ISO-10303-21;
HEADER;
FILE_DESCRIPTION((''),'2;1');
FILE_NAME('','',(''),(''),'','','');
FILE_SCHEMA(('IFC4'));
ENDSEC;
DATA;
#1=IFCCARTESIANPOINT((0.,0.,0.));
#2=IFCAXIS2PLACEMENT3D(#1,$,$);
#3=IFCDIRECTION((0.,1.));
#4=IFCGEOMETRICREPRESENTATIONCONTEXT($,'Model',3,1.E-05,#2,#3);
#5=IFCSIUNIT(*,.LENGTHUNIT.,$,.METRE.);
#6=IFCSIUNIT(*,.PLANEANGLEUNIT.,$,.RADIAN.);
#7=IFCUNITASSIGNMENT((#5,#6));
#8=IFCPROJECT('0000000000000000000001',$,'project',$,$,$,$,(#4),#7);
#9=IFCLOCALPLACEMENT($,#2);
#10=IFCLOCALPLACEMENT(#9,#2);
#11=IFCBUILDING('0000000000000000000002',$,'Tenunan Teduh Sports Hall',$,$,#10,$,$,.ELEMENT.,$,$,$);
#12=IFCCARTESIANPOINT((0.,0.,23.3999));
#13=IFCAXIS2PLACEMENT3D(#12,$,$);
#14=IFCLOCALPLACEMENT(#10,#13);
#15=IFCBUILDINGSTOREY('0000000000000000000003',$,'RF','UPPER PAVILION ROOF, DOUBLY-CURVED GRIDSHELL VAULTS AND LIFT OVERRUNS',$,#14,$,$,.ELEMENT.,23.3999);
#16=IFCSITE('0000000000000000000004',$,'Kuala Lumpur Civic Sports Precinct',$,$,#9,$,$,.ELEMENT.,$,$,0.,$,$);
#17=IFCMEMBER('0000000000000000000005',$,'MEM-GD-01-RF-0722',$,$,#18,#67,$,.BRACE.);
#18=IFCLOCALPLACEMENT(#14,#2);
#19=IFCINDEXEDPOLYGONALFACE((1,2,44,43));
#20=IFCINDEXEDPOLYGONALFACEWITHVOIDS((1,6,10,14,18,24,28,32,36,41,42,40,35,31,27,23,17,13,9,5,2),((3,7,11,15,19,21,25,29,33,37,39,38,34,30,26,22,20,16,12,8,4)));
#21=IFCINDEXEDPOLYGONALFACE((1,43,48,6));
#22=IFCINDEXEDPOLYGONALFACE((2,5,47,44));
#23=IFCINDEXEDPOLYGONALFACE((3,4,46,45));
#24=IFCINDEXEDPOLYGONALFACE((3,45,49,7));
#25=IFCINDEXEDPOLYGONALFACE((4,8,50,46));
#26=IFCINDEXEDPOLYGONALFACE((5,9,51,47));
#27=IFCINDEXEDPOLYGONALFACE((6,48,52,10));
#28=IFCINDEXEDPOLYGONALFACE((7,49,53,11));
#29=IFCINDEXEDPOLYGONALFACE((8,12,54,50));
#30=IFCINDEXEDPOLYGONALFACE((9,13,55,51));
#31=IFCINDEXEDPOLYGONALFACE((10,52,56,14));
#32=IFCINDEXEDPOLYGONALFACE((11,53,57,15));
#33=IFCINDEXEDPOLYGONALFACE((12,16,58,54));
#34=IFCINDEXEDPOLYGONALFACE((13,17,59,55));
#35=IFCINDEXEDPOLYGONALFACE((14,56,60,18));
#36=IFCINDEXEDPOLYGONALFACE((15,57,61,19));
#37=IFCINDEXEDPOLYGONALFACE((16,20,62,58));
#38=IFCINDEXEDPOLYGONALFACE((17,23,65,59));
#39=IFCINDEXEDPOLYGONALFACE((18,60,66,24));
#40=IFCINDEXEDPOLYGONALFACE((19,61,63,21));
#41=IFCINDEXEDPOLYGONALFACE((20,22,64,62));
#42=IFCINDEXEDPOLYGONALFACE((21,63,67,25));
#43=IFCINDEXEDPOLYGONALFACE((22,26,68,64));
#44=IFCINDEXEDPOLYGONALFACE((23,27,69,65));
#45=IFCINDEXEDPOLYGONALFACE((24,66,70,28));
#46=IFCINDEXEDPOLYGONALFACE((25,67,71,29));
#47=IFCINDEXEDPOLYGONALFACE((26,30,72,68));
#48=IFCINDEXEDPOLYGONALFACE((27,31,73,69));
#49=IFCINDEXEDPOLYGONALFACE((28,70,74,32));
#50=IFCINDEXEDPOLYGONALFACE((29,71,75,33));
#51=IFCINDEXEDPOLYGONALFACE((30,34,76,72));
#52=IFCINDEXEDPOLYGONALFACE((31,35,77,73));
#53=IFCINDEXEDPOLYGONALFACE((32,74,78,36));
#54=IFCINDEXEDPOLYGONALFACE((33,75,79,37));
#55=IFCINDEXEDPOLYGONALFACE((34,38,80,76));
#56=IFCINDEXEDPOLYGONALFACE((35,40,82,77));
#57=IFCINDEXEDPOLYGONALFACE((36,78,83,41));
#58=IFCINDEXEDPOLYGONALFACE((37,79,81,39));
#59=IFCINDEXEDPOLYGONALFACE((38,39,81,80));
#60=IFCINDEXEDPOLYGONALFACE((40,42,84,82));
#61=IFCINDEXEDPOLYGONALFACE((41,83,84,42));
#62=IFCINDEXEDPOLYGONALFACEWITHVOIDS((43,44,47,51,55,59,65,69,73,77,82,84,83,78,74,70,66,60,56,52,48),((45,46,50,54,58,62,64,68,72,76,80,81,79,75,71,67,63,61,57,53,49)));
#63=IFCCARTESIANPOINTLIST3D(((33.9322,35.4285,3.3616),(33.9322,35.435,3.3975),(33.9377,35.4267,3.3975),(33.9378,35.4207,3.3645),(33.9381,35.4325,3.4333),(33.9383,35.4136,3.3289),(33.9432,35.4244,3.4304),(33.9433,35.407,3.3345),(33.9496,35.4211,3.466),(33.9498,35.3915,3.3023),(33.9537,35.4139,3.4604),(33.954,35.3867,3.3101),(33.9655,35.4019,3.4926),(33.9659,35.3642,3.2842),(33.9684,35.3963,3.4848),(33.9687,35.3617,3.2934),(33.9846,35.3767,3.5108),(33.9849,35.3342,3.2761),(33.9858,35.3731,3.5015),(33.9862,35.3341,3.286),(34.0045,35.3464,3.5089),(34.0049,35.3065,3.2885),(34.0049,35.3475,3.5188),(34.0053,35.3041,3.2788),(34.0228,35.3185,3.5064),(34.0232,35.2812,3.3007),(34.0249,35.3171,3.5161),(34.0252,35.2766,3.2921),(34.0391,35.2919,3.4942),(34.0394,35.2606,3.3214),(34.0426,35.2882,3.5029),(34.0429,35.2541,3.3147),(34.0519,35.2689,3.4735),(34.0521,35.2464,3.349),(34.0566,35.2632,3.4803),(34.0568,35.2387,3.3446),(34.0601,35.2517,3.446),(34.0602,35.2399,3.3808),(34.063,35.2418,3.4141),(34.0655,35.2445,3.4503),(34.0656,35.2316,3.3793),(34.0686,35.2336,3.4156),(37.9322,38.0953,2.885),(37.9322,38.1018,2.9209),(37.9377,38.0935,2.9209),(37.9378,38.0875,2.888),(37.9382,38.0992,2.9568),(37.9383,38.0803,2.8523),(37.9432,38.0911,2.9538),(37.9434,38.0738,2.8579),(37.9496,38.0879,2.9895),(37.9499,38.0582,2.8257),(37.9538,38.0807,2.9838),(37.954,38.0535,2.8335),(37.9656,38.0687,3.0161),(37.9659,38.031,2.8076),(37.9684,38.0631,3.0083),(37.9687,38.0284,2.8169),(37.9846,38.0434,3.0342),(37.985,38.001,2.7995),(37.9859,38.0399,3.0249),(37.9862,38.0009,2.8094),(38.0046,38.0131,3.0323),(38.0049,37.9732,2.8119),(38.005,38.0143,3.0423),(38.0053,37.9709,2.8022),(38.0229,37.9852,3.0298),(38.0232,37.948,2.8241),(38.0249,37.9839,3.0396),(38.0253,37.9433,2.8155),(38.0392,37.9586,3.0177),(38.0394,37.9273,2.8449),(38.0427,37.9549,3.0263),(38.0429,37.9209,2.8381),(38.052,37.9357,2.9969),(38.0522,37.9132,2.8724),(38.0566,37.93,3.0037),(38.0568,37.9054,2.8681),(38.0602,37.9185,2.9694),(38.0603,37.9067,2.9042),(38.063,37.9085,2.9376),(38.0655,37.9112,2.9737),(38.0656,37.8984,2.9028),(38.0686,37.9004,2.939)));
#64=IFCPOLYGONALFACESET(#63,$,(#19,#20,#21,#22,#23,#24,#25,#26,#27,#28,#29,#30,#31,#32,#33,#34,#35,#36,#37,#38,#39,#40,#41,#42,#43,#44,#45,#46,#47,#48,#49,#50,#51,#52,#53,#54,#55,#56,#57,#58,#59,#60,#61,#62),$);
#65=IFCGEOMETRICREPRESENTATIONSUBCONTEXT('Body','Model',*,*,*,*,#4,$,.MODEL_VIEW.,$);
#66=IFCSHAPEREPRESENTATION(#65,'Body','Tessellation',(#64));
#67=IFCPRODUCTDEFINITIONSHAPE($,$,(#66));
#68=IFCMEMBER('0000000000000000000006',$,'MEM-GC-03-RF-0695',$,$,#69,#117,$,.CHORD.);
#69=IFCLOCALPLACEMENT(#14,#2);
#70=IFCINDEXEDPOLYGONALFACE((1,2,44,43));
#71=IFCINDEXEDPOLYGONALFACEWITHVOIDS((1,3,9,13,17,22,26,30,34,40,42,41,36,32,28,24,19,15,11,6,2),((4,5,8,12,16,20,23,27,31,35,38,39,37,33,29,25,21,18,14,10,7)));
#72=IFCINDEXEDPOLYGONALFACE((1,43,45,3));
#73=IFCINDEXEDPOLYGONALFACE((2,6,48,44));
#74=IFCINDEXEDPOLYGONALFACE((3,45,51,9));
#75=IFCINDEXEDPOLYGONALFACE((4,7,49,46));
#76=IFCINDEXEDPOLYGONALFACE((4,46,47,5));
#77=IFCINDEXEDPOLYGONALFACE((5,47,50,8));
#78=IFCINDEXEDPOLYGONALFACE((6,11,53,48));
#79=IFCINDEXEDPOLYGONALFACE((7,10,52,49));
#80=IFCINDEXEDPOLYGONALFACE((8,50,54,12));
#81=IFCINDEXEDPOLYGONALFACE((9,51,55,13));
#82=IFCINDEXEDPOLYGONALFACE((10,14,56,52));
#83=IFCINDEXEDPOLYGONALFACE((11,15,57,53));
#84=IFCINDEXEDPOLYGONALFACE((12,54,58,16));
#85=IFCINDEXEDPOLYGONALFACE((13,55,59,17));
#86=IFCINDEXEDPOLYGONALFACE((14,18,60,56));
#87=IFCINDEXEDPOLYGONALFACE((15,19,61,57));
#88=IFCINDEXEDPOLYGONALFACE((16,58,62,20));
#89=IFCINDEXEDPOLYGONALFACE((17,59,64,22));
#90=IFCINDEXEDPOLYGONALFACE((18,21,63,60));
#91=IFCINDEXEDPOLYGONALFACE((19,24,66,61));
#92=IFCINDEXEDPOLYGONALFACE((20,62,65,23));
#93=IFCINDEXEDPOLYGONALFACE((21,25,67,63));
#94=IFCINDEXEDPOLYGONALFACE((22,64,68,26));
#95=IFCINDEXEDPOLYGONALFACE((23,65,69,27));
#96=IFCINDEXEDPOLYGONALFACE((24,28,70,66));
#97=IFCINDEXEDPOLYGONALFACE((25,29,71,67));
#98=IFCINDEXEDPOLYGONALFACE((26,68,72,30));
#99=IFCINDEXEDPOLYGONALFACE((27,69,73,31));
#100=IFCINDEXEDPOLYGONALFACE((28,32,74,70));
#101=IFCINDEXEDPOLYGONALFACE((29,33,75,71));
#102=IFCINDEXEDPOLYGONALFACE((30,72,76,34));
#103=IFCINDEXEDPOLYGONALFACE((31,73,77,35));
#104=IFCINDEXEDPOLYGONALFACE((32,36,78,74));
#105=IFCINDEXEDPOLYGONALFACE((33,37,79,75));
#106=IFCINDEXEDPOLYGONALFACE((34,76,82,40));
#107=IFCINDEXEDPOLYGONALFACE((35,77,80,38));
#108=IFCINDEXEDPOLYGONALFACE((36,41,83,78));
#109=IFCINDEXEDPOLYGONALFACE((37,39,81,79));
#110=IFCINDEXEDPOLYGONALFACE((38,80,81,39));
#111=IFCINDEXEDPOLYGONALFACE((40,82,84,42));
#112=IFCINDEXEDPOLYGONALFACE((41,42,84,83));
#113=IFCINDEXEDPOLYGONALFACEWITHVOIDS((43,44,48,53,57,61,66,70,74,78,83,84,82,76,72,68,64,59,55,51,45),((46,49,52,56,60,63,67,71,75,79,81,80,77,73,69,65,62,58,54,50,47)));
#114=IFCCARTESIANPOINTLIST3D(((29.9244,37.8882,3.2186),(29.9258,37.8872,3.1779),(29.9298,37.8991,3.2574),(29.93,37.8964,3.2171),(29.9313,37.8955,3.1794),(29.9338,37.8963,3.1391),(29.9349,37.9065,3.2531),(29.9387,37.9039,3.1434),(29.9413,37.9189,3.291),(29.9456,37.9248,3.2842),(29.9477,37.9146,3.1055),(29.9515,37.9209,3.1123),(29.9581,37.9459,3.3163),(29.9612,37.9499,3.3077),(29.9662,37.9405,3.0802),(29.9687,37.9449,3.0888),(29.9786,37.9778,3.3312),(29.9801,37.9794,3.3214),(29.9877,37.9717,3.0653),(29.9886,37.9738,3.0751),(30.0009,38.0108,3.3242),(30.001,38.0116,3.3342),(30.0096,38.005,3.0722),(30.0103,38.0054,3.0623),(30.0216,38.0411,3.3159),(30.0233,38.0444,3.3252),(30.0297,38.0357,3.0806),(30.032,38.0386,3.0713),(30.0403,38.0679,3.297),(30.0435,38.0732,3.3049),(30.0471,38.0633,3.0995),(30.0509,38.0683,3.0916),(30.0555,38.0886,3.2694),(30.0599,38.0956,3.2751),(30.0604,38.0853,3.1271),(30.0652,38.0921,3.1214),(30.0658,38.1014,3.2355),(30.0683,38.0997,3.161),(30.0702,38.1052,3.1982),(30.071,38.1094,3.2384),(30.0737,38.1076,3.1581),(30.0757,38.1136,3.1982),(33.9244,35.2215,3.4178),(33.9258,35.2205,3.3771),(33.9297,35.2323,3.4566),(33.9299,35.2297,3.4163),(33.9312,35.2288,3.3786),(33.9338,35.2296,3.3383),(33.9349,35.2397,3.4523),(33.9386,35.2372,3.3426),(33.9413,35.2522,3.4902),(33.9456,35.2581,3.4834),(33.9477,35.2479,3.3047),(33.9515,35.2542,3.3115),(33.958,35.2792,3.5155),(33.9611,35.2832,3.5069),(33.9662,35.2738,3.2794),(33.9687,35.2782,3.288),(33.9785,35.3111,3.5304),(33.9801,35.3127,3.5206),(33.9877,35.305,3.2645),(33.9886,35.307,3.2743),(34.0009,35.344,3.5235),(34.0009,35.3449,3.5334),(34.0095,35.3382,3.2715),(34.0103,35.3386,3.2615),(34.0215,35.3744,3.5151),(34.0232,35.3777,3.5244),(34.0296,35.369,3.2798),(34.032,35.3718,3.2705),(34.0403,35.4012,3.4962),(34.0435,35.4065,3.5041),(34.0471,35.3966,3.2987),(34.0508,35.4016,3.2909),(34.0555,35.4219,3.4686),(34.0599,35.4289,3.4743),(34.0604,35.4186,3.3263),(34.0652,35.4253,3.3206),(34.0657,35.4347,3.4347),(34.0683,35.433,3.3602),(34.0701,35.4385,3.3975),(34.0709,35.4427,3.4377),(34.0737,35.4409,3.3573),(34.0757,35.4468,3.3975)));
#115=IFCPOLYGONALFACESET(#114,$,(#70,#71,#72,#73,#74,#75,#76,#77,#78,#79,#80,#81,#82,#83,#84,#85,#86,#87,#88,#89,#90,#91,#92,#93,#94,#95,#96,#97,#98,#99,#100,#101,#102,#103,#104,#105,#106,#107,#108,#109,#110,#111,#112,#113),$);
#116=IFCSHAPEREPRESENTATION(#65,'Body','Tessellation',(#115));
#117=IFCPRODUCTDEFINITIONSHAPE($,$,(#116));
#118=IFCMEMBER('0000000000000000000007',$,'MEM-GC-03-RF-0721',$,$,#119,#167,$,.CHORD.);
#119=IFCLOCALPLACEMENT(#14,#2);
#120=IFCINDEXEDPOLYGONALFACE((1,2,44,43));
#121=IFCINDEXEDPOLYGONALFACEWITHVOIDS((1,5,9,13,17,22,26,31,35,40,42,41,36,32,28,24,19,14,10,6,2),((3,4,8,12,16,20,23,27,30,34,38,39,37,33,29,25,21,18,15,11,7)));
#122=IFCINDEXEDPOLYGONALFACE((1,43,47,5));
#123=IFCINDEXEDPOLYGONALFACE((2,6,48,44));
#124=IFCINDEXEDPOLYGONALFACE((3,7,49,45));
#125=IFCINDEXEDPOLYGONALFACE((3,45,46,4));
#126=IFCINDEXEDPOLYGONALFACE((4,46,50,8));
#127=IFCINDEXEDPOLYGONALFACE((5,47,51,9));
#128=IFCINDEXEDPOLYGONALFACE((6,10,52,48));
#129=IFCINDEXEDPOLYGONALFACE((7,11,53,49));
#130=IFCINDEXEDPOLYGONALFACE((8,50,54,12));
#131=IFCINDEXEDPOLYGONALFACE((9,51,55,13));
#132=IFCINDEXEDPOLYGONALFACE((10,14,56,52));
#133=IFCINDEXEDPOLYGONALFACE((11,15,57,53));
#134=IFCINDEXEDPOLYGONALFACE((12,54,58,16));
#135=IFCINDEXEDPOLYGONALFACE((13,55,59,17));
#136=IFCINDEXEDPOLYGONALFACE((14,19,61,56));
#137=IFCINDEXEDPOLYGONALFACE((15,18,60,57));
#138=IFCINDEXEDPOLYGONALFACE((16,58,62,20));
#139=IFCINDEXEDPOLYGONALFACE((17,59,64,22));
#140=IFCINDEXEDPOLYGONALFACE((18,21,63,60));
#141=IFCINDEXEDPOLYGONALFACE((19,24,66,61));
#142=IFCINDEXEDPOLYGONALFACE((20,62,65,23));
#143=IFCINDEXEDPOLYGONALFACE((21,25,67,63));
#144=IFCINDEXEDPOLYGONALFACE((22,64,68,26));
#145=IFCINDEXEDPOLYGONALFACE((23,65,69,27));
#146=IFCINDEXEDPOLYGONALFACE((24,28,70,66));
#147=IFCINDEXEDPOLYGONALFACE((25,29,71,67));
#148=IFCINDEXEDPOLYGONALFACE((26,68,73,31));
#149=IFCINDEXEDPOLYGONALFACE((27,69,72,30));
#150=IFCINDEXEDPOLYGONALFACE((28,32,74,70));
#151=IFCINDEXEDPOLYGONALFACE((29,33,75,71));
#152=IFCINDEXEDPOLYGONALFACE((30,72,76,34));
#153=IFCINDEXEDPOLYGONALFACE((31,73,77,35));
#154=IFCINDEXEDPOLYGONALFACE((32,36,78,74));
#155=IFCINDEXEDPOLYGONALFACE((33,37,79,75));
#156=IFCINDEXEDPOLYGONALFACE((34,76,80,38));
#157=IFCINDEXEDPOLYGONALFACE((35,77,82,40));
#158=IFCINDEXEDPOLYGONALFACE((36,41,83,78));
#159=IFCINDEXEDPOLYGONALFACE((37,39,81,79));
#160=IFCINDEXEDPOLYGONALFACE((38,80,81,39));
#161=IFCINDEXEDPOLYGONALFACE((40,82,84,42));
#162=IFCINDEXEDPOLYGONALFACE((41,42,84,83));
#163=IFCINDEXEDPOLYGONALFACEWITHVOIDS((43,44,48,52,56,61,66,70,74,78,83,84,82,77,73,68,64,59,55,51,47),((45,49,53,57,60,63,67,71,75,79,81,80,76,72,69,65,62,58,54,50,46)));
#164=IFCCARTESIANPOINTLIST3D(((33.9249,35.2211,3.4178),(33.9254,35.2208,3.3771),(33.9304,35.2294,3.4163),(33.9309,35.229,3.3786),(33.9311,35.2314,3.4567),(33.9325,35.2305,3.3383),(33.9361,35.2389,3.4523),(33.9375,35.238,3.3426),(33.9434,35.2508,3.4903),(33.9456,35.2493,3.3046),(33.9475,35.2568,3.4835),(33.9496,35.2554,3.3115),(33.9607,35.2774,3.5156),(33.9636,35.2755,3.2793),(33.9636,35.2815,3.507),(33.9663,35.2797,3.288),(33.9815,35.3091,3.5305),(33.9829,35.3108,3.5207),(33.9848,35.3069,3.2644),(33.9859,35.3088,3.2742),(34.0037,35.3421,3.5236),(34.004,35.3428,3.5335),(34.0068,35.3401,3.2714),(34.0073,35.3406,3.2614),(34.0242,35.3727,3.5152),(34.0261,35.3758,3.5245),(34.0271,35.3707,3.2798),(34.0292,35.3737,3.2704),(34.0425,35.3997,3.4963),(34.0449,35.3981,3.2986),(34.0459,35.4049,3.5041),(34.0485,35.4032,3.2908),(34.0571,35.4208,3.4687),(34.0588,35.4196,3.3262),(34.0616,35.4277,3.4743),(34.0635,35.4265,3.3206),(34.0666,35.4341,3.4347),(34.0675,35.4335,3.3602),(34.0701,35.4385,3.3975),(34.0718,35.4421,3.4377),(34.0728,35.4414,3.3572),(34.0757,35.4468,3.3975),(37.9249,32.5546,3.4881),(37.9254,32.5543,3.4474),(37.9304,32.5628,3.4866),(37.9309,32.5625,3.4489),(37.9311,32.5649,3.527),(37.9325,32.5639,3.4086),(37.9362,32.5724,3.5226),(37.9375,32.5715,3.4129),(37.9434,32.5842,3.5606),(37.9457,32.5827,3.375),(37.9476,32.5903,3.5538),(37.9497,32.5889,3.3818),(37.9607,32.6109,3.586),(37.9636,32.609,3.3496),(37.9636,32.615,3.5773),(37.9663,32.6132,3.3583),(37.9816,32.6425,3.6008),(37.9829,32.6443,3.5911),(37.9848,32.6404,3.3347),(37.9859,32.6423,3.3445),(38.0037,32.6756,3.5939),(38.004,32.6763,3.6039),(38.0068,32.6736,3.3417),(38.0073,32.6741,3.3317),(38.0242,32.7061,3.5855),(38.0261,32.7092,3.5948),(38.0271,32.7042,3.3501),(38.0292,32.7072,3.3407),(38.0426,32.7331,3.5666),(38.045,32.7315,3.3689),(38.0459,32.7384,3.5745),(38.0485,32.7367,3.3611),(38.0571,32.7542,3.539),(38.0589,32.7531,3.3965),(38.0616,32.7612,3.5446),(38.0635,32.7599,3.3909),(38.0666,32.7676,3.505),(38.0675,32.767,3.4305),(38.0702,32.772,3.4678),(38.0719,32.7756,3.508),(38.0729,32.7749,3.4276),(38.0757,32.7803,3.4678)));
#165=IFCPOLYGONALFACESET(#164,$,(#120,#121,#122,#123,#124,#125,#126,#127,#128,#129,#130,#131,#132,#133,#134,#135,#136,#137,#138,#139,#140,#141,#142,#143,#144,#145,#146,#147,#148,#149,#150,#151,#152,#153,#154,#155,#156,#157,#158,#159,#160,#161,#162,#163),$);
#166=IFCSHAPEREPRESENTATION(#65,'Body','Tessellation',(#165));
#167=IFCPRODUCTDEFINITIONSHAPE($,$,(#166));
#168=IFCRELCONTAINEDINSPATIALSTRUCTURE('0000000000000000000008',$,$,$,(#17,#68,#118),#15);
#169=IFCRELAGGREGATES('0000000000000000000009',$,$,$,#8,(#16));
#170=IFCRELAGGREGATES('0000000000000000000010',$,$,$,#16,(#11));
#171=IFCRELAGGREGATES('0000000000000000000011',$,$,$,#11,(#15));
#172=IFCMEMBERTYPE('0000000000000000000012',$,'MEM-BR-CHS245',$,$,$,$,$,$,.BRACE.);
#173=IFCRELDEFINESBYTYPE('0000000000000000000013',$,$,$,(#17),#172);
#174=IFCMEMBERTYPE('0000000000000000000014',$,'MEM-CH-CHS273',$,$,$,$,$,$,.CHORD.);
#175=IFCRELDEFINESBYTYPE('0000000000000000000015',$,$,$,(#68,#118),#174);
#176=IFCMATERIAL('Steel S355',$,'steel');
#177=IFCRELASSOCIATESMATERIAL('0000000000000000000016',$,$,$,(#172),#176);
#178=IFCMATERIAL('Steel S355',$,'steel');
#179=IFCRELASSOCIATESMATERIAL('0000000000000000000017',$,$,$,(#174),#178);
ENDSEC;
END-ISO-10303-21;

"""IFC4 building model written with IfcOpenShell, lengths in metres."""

from ifc_helpers import new_model, si_unit, direction, frame, origin, origin_2d, place, context, subcontext, project, spatial, hollow_circle, extrude, material, material_profile, profile_set, type_object, element, save


model = new_model("IFC4")

# Units and contexts
model_context = context("Model", 3, precision=1e-05, world=origin(), true_north=direction((0.0, 1.0)))
body_context = subcontext(model_context, "Body", "Model", "MODEL_VIEW")
ifc_project = project(units=[si_unit("LENGTHUNIT", "METRE"), si_unit("PLANEANGLEUNIT", "RADIAN")], contexts=[model_context])

# Site, building, storey
site_placement = place(None, origin())
site = spatial("IfcSite", under=ifc_project, at=site_placement, Name="Kuala Lumpur Civic Sports Precinct", CompositionType="ELEMENT", RefElevation=0.0)
building_placement = place(site_placement, origin())
building = spatial("IfcBuilding", under=site, at=building_placement, Name="Tenunan Teduh Sports Hall", CompositionType="ELEMENT")
storey_placement = place(building_placement, frame((0.0, 0.0, 23.3999)))
storey = spatial("IfcBuildingStorey", under=building, at=storey_placement, Name="RF", Description="UPPER PAVILION ROOF, DOUBLY-CURVED GRIDSHELL VAULTS AND LIFT OVERRUNS", CompositionType="ELEMENT", Elevation=23.3999)

# Members
ifc_material_1 = material(Name="Steel S355", Category="steel")
ifc_material_profile_1 = material_profile(ifc_material_1, hollow_circle(Radius=0.1223, WallThickness=0.01, at=origin_2d()), Name="CHS 244.5x10.0")
ifc_profile_set_1 = profile_set([ifc_material_profile_1], Name="Steel S355")
member_type_1 = type_object("IfcMemberType", Name="MEM-BR-CHS245", PredefinedType="BRACE", material=ifc_profile_set_1)
member_1_placement = place(storey_placement, frame((34.0, 35.3333, 3.3975), z_axis=(0.827984, 0.552006, -0.098647), x_axis=(-0.554712, 0.832042, 0.0)))
element("IfcMember", 1, at=member_1_placement, inside=storey, type_object=member_type_1, Name="MEM-GD-01-RF-0722", PredefinedType="BRACE", context=body_context, shape_type="SweptSolid", body=[
    extrude(hollow_circle(Radius=0.1223, WallThickness=0.01, at=origin_2d()), origin(), (0.0, 0.0, 1.0), 4.8311),
])
ifc_material_2 = material(Name="Steel S355", Category="steel")
ifc_material_profile_2 = material_profile(ifc_material_2, hollow_circle(Radius=0.1365, WallThickness=0.01, at=origin_2d()), Name="CHS 273.0x10.0")
ifc_profile_set_2 = profile_set([ifc_material_profile_2], Name="Steel S355")
member_type_2 = type_object("IfcMemberType", Name="MEM-CH-CHS273", PredefinedType="CHORD", material=ifc_profile_set_2)
member_2_placement = place(storey_placement, frame((30.0, 38.0, 3.1982), z_axis=(0.831329, -0.554236, 0.041404), x_axis=(0.554712, 0.832042, 0.0)))
element("IfcMember", 2, at=member_2_placement, inside=storey, type_object=member_type_2, Name="MEM-GC-03-RF-0695", PredefinedType="CHORD", context=body_context, shape_type="SweptSolid", body=[
    extrude(hollow_circle(Radius=0.1365, WallThickness=0.01, at=origin_2d()), origin(), (0.0, 0.0, 1.0), 4.8115),
])
member_3_placement = place(storey_placement, frame((34.0, 35.3333, 3.3975), z_axis=(0.831977, -0.554617, 0.014625), x_axis=(0.554677, 0.832066, 0.0)))
element("IfcMember", 3, at=member_3_placement, inside=storey, type_object=member_type_2, Name="MEM-GC-03-RF-0721", PredefinedType="CHORD", context=body_context, shape_type="SweptSolid", body=[
    extrude(hollow_circle(Radius=0.1365, WallThickness=0.01, at=origin_2d()), origin(), (0.0, 0.0, 1.0), 4.8079),
])

save(model, "model.ifc")
